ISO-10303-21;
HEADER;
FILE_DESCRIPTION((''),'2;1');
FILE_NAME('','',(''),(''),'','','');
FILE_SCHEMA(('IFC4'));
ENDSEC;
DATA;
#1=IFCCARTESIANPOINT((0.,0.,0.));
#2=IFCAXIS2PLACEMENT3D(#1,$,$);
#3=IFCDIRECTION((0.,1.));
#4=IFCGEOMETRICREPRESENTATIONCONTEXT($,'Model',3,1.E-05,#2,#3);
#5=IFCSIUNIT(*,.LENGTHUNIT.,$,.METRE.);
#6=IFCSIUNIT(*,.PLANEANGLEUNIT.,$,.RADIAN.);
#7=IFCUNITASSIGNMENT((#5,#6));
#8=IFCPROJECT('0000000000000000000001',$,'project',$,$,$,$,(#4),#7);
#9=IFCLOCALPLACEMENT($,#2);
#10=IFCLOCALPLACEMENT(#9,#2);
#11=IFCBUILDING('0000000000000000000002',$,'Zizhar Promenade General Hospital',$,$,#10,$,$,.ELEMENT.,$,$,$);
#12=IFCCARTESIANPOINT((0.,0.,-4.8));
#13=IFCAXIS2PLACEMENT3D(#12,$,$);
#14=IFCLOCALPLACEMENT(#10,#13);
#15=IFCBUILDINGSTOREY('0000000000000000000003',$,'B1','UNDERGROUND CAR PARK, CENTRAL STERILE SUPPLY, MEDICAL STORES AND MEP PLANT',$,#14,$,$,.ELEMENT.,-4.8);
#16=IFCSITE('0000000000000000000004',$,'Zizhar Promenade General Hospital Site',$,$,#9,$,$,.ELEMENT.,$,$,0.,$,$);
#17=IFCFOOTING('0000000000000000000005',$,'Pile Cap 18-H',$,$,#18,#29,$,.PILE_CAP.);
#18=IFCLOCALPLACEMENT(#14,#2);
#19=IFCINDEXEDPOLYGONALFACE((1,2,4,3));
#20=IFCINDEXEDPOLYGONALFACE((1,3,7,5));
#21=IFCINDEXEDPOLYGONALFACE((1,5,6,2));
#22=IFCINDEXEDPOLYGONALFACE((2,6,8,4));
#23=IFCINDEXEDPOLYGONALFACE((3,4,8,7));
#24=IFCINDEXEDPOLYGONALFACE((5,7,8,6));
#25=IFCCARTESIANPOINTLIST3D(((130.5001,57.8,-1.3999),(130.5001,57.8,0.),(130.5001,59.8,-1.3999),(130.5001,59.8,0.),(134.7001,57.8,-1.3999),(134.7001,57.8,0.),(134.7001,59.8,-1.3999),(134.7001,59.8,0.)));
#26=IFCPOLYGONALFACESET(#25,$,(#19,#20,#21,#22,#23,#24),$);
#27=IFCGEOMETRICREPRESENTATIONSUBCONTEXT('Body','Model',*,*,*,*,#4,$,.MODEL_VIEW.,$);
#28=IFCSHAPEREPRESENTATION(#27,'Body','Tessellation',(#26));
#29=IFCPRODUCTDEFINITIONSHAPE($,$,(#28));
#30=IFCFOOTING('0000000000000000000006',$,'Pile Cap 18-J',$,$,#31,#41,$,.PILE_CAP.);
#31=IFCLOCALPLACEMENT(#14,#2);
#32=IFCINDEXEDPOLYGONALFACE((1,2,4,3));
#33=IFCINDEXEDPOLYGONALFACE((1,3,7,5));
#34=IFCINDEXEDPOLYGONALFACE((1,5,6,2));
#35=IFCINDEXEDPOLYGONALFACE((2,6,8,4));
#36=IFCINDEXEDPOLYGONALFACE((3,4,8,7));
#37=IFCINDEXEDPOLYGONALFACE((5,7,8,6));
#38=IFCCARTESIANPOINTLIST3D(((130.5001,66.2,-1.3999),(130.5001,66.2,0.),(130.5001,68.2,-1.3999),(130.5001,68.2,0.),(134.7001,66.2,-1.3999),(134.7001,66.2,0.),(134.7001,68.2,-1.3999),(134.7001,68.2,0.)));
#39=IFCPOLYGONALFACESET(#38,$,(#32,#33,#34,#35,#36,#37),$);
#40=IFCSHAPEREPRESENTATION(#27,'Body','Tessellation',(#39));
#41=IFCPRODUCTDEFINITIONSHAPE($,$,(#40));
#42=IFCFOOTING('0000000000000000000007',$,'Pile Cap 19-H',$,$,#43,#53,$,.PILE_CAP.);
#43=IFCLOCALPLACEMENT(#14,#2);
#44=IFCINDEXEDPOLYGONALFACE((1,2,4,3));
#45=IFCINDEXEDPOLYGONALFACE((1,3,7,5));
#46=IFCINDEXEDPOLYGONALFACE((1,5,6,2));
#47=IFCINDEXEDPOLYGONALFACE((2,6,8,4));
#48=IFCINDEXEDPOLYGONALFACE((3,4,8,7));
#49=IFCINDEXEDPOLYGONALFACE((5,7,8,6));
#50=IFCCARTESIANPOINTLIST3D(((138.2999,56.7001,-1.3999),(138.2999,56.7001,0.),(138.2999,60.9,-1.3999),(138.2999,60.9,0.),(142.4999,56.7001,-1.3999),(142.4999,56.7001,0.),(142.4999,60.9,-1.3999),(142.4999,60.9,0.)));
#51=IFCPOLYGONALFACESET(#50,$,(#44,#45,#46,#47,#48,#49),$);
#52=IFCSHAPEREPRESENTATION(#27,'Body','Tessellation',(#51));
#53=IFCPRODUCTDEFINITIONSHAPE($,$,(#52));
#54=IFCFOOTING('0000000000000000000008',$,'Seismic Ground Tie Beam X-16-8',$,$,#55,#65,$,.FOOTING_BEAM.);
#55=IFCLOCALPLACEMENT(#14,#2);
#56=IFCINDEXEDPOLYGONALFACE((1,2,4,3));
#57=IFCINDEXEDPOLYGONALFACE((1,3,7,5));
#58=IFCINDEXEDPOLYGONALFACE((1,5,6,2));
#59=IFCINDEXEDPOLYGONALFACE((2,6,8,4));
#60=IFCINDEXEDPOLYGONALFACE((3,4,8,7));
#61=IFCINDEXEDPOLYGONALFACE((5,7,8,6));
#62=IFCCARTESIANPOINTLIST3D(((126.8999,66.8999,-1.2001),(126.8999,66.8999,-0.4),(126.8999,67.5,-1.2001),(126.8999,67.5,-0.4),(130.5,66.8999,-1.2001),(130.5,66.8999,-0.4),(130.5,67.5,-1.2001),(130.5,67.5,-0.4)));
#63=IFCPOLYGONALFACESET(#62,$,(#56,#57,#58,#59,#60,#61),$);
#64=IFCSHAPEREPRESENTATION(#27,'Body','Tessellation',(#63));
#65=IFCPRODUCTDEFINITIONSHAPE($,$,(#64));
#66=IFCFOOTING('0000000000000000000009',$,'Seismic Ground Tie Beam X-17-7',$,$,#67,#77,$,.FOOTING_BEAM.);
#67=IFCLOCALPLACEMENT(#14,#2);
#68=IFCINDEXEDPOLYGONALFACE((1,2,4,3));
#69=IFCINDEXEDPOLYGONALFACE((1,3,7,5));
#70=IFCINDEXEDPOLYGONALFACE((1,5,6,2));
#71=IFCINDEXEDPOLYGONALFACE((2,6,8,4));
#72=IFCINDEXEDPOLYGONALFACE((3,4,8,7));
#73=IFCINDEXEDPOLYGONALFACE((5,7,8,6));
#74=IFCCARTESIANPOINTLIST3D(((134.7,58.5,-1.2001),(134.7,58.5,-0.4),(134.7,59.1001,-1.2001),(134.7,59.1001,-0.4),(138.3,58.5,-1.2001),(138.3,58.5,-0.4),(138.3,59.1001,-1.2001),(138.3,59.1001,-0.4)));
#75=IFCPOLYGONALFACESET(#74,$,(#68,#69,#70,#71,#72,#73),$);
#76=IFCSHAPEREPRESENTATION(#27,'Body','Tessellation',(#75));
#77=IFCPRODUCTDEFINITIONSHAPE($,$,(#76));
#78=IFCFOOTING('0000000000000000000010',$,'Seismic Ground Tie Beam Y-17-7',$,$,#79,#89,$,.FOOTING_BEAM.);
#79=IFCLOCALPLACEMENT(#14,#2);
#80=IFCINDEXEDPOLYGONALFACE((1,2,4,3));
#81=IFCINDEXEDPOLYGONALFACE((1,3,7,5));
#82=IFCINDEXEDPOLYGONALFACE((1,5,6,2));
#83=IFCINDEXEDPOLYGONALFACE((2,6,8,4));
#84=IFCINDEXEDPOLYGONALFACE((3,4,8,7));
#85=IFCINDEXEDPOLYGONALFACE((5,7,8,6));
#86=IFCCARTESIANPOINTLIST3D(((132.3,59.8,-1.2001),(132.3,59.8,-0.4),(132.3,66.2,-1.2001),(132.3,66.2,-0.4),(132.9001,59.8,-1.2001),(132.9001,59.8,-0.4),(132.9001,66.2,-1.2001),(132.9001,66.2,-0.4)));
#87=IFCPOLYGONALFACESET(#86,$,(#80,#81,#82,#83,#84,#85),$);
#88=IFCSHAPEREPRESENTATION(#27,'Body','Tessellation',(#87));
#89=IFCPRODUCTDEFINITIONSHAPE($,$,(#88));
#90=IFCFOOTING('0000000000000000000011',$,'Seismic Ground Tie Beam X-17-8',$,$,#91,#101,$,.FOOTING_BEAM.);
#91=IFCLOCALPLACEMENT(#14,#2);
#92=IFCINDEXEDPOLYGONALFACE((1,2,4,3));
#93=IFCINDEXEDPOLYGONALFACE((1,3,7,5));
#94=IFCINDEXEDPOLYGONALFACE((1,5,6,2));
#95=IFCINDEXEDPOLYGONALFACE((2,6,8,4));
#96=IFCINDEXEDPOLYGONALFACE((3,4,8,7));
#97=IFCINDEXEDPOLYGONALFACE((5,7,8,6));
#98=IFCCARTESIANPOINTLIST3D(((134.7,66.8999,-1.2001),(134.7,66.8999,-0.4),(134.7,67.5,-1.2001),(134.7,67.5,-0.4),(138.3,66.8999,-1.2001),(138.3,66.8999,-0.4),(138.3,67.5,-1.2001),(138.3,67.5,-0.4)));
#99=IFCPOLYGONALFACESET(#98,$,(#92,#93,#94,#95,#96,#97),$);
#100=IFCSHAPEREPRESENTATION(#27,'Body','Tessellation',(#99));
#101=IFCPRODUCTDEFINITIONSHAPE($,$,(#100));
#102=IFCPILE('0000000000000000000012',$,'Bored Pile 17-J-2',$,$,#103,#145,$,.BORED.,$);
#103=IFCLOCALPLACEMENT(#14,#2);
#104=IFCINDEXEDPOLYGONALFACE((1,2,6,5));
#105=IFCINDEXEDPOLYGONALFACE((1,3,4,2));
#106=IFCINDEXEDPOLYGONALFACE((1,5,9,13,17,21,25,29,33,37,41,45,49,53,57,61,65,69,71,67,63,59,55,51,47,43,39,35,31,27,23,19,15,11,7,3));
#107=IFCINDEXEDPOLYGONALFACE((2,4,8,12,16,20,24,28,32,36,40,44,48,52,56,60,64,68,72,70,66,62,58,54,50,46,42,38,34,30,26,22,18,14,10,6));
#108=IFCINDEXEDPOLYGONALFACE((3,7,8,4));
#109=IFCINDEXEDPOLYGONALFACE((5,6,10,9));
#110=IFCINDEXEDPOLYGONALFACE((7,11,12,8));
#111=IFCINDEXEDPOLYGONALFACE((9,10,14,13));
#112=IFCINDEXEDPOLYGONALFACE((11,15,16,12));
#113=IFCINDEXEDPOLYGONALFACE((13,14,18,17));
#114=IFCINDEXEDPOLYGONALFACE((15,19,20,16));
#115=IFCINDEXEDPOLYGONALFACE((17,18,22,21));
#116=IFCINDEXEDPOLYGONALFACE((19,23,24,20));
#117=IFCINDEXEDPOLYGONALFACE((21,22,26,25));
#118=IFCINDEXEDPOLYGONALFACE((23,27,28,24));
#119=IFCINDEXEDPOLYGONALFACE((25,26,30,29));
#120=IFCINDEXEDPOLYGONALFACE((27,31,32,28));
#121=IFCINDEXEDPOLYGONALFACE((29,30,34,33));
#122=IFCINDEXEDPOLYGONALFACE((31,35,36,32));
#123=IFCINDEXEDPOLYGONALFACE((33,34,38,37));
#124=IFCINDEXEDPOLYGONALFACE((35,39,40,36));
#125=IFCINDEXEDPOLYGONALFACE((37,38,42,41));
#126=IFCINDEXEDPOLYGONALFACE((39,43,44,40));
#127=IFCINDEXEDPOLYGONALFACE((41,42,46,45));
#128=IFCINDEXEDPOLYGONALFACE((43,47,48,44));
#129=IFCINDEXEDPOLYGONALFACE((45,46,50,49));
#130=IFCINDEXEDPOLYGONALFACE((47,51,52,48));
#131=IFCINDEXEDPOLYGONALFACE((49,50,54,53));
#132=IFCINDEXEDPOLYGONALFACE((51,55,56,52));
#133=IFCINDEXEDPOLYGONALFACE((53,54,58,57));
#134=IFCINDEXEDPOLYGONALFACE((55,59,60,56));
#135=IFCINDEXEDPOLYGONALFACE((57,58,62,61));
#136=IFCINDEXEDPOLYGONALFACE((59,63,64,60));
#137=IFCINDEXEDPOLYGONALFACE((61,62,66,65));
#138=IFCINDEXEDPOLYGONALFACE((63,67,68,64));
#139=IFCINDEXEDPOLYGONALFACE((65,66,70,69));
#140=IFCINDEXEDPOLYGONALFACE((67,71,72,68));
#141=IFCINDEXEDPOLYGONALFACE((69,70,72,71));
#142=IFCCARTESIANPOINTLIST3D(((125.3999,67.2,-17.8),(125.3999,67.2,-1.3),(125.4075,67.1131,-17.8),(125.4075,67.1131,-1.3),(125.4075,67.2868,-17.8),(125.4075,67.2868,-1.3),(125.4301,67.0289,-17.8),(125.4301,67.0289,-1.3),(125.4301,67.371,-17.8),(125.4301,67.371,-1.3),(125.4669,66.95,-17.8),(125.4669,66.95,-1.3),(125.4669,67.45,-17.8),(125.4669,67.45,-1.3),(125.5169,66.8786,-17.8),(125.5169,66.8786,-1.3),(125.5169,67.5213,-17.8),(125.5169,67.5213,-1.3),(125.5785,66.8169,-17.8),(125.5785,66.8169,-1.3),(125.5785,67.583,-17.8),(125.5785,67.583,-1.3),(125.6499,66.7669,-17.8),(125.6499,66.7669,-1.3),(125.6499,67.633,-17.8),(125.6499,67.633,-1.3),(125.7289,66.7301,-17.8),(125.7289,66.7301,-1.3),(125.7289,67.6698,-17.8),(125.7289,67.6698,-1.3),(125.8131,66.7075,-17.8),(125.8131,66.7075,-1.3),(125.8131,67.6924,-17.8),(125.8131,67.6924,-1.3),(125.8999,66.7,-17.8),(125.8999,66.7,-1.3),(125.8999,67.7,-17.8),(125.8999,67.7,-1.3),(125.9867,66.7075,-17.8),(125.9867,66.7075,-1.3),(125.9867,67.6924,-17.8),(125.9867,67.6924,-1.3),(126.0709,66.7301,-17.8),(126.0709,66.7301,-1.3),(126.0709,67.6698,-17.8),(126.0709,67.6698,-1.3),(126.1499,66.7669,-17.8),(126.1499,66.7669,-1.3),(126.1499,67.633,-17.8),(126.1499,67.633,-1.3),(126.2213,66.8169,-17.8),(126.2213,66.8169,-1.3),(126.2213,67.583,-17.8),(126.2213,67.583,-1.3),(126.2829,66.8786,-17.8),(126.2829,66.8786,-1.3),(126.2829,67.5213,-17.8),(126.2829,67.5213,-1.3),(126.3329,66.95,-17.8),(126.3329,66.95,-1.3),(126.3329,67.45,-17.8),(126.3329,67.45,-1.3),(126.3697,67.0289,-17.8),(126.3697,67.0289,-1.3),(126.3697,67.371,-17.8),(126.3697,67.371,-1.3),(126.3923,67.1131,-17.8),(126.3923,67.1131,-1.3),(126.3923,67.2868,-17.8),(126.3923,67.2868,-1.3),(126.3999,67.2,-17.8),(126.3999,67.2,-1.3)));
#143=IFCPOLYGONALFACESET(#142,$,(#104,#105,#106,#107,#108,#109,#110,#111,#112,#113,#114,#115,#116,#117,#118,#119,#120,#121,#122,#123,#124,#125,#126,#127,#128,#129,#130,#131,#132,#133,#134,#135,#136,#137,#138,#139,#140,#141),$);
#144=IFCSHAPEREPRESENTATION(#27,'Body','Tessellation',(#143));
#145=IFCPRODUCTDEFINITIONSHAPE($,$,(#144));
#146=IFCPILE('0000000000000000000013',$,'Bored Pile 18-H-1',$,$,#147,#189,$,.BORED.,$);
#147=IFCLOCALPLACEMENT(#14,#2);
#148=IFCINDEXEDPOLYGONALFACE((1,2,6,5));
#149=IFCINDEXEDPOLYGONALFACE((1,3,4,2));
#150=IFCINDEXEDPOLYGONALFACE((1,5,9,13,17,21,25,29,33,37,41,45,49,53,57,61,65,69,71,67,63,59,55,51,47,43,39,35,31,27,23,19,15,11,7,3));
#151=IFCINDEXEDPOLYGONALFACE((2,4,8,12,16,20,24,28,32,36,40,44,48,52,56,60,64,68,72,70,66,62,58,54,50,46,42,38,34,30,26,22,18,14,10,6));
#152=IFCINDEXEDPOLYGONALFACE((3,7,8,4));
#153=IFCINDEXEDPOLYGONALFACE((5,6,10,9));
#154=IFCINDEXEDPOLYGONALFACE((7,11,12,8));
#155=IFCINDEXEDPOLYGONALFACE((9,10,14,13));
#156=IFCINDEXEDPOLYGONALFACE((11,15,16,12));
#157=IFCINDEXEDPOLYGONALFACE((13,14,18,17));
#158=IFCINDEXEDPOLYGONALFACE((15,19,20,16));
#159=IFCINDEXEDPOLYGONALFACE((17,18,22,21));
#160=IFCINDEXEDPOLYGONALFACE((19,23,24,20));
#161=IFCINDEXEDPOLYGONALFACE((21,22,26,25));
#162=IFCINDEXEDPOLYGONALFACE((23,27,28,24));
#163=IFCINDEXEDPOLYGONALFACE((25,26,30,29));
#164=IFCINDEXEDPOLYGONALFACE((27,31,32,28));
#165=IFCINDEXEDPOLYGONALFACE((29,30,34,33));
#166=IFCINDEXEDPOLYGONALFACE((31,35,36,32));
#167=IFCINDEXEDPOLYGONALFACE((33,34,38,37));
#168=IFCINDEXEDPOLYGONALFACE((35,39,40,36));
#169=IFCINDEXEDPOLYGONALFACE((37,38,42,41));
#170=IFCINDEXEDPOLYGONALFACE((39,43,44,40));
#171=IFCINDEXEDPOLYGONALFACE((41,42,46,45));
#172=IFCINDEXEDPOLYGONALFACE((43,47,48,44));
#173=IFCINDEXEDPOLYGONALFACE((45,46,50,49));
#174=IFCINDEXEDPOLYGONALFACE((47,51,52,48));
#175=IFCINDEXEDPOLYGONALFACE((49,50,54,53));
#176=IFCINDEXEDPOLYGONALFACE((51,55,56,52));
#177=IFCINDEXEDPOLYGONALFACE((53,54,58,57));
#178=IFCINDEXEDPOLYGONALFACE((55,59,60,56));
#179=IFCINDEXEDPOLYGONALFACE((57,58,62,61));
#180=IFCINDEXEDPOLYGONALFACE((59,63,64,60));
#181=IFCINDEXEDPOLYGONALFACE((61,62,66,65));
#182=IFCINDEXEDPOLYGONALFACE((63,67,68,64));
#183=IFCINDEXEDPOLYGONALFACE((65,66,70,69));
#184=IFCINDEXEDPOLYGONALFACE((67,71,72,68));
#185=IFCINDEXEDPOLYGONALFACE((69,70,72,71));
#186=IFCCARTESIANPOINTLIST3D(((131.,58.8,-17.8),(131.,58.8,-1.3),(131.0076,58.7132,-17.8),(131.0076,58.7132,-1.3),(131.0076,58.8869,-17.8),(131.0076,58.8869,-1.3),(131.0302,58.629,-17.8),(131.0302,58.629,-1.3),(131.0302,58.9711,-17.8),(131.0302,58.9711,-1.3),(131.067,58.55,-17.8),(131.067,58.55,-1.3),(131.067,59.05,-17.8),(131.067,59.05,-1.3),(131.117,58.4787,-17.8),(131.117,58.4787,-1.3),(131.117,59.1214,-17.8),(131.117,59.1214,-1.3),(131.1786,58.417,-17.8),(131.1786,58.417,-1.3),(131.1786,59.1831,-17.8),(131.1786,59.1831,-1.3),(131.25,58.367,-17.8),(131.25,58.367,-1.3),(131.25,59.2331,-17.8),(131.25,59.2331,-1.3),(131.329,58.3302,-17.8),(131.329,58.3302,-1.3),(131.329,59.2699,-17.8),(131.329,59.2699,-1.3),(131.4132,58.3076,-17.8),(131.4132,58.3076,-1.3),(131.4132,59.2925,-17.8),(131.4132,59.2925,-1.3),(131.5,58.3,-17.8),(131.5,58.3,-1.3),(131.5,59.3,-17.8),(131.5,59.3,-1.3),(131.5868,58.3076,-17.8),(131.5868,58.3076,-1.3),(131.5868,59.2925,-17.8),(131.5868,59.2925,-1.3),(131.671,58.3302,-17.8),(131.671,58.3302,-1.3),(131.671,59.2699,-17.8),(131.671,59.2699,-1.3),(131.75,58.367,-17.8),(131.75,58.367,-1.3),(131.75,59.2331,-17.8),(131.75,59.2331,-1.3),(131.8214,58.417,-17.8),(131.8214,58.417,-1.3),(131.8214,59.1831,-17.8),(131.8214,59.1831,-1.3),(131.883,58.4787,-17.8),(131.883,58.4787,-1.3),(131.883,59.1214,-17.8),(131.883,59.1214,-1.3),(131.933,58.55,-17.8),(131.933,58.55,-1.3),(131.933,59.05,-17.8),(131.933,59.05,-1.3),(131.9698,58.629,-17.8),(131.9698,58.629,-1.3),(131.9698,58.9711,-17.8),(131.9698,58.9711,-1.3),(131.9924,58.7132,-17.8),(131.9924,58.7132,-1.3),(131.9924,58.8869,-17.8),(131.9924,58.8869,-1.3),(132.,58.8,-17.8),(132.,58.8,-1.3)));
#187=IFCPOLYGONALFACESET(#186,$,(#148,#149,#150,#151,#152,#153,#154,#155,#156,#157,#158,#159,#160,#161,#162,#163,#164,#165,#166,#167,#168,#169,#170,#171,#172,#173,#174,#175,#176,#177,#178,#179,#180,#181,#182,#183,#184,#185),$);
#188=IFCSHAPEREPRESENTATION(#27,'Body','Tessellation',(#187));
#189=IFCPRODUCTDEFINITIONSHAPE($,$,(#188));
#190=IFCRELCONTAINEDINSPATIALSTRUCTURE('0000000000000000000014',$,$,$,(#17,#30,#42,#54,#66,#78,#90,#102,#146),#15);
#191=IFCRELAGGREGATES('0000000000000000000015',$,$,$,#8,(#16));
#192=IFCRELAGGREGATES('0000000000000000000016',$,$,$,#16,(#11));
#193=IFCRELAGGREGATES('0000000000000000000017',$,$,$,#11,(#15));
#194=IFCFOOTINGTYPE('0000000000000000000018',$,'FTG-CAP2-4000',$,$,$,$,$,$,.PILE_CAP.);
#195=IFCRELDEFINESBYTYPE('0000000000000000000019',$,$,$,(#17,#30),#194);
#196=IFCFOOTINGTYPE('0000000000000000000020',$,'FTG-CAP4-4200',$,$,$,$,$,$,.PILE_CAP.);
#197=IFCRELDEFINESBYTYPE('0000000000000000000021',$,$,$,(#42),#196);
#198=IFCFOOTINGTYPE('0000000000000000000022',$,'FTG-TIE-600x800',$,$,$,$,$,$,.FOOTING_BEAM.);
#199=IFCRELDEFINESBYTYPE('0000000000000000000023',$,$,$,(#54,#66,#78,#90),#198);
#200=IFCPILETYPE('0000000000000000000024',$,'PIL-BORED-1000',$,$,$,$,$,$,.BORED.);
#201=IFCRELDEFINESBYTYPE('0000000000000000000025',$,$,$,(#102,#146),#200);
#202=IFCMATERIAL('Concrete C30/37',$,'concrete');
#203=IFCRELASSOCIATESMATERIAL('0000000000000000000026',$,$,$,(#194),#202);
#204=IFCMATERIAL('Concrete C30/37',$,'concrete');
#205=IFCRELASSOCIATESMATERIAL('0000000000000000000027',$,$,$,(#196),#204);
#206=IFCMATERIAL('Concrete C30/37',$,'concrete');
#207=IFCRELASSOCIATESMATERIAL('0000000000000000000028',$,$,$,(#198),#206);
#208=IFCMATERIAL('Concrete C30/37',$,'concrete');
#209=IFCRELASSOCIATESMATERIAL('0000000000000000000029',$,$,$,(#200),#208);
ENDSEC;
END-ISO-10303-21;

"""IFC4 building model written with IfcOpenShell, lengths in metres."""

from ifc_helpers import new_model, si_unit, direction, frame, origin, origin_2d, place, context, subcontext, project, spatial, rectangle, circle, extrude, material, material_profile, profile_set, type_object, element, save


model = new_model("IFC4")

# Units and contexts
model_context = context("Model", 3, precision=1e-05, world=origin(), true_north=direction((0.0, 1.0)))
body_context = subcontext(model_context, "Body", "Model", "MODEL_VIEW")
ifc_project = project(units=[si_unit("LENGTHUNIT", "METRE"), si_unit("PLANEANGLEUNIT", "RADIAN")], contexts=[model_context])

# Site, building, storey
site_placement = place(None, origin())
site = spatial("IfcSite", under=ifc_project, at=site_placement, Name="Zizhar Promenade General Hospital Site", CompositionType="ELEMENT", RefElevation=0.0)
building_placement = place(site_placement, origin())
building = spatial("IfcBuilding", under=site, at=building_placement, Name="Zizhar Promenade General Hospital", CompositionType="ELEMENT")
storey_placement = place(building_placement, frame((0.0, 0.0, -4.8)))
storey = spatial("IfcBuildingStorey", under=building, at=storey_placement, Name="B1", Description="UNDERGROUND CAR PARK, CENTRAL STERILE SUPPLY, MEDICAL STORES AND MEP PLANT", CompositionType="ELEMENT", Elevation=-4.8)

# Footings
ifc_material_1 = material(Name="Concrete C30/37", Category="concrete")
footing_type_1 = type_object("IfcFootingType", Name="FTG-CAP2-4000", PredefinedType="PILE_CAP", material=ifc_material_1)
for number, where, z_axis, x_axis, name in (
    (1, (132.6001, 58.8, -1.3999), (0.0, 0.0, 1.0), (1.0, 0.0, 0.0), "Pile Cap 18-H"),
    (2, (132.6001, 67.2, -1.3999), (0.0, 0.0, 1.0), (1.0, 0.0, 0.0), "Pile Cap 18-J"),
):
    element("IfcFooting", number, at=place(storey_placement, frame(where, z_axis=z_axis, x_axis=x_axis)), inside=storey, type_object=footing_type_1, Name=name, PredefinedType="PILE_CAP", context=body_context, shape_type="SweptSolid", body=[
        extrude(rectangle(XDim=4.2, YDim=2.0, at=origin_2d()), origin(), (0.0, 0.0, 1.0), 1.3999),
    ])
ifc_material_2 = material(Name="Concrete C30/37", Category="concrete")
footing_type_2 = type_object("IfcFootingType", Name="FTG-CAP4-4200", PredefinedType="PILE_CAP", material=ifc_material_2)
footing_1_placement = place(storey_placement, frame((140.3999, 58.8, -1.3999), z_axis=(0.0, 0.0, 1.0), x_axis=(1.0, 0.0, 0.0)))
element("IfcFooting", 3, at=footing_1_placement, inside=storey, type_object=footing_type_2, Name="Pile Cap 19-H", PredefinedType="PILE_CAP", context=body_context, shape_type="SweptSolid", body=[
    extrude(rectangle(XDim=4.2, YDim=4.2, at=origin_2d()), origin(), (0.0, 0.0, 1.0), 1.3999),
])
ifc_material_3 = material(Name="Concrete C30/37", Category="concrete")
ifc_material_profile_1 = material_profile(ifc_material_3, rectangle(XDim=0.6001, YDim=0.8, at=origin_2d()))
ifc_profile_set_1 = profile_set([ifc_material_profile_1], Name="Concrete C30/37")
footing_type_3 = type_object("IfcFootingType", Name="FTG-TIE-600x800", PredefinedType="FOOTING_BEAM", material=ifc_profile_set_1)
for number, where, z_axis, x_axis, name in (
    (4, (126.8999, 67.2, -0.8), (1.0, 0.0, 0.0), (0.0, 1.0, 0.0), "Seismic Ground Tie Beam X-16-8"),
    (5, (134.7, 58.8, -0.8), (1.0, 0.0, 0.0), (0.0, 1.0, 0.0), "Seismic Ground Tie Beam X-17-7"),
):
    element("IfcFooting", number, at=place(storey_placement, frame(where, z_axis=z_axis, x_axis=x_axis)), inside=storey, type_object=footing_type_3, Name=name, PredefinedType="FOOTING_BEAM", context=body_context, shape_type="SweptSolid", body=[
        extrude(rectangle(XDim=0.6001, YDim=0.8, at=origin_2d()), origin(), (0.0, 0.0, 1.0), 3.6001),
    ])
footing_2_placement = place(storey_placement, frame((132.6001, 59.8, -0.8), z_axis=(0.0, 1.0, 0.0), x_axis=(-1.0, 0.0, 0.0)))
element("IfcFooting", 6, at=footing_2_placement, inside=storey, type_object=footing_type_3, Name="Seismic Ground Tie Beam Y-17-7", PredefinedType="FOOTING_BEAM", context=body_context, shape_type="SweptSolid", body=[
    extrude(rectangle(XDim=0.6001, YDim=0.8, at=origin_2d()), origin(), (0.0, 0.0, 1.0), 6.3999),
])
footing_3_placement = place(storey_placement, frame((134.7, 67.2, -0.8), z_axis=(1.0, 0.0, 0.0), x_axis=(0.0, 1.0, 0.0)))
element("IfcFooting", 7, at=footing_3_placement, inside=storey, type_object=footing_type_3, Name="Seismic Ground Tie Beam X-17-8", PredefinedType="FOOTING_BEAM", context=body_context, shape_type="SweptSolid", body=[
    extrude(rectangle(XDim=0.6001, YDim=0.8, at=origin_2d()), origin(), (0.0, 0.0, 1.0), 3.6001),
])

# Piles
ifc_material_4 = material(Name="Concrete C30/37", Category="concrete")
ifc_material_profile_2 = material_profile(ifc_material_4, circle(Radius=0.5, at=origin_2d()))
ifc_profile_set_2 = profile_set([ifc_material_profile_2], Name="Concrete C30/37")
pile_type = type_object("IfcPileType", Name="PIL-BORED-1000", PredefinedType="BORED", material=ifc_profile_set_2)
for number, where, z_axis, x_axis, name in (
    (8, (125.8999, 67.2, -1.3), (0.0, 0.0, -1.0), (1.0, 0.0, 0.0), "Bored Pile 17-J-2"),
    (9, (131.5, 58.8, -1.3), (0.0, 0.0, -1.0), (1.0, 0.0, 0.0), "Bored Pile 18-H-1"),
):
    element("IfcPile", number, at=place(storey_placement, frame(where, z_axis=z_axis, x_axis=x_axis)), inside=storey, type_object=pile_type, Name=name, PredefinedType="BORED", context=body_context, shape_type="SweptSolid", body=[
        extrude(circle(Radius=0.5, at=origin_2d()), origin(), (0.0, 0.0, 1.0), 16.5),
    ])

save(model, "model.ifc")
